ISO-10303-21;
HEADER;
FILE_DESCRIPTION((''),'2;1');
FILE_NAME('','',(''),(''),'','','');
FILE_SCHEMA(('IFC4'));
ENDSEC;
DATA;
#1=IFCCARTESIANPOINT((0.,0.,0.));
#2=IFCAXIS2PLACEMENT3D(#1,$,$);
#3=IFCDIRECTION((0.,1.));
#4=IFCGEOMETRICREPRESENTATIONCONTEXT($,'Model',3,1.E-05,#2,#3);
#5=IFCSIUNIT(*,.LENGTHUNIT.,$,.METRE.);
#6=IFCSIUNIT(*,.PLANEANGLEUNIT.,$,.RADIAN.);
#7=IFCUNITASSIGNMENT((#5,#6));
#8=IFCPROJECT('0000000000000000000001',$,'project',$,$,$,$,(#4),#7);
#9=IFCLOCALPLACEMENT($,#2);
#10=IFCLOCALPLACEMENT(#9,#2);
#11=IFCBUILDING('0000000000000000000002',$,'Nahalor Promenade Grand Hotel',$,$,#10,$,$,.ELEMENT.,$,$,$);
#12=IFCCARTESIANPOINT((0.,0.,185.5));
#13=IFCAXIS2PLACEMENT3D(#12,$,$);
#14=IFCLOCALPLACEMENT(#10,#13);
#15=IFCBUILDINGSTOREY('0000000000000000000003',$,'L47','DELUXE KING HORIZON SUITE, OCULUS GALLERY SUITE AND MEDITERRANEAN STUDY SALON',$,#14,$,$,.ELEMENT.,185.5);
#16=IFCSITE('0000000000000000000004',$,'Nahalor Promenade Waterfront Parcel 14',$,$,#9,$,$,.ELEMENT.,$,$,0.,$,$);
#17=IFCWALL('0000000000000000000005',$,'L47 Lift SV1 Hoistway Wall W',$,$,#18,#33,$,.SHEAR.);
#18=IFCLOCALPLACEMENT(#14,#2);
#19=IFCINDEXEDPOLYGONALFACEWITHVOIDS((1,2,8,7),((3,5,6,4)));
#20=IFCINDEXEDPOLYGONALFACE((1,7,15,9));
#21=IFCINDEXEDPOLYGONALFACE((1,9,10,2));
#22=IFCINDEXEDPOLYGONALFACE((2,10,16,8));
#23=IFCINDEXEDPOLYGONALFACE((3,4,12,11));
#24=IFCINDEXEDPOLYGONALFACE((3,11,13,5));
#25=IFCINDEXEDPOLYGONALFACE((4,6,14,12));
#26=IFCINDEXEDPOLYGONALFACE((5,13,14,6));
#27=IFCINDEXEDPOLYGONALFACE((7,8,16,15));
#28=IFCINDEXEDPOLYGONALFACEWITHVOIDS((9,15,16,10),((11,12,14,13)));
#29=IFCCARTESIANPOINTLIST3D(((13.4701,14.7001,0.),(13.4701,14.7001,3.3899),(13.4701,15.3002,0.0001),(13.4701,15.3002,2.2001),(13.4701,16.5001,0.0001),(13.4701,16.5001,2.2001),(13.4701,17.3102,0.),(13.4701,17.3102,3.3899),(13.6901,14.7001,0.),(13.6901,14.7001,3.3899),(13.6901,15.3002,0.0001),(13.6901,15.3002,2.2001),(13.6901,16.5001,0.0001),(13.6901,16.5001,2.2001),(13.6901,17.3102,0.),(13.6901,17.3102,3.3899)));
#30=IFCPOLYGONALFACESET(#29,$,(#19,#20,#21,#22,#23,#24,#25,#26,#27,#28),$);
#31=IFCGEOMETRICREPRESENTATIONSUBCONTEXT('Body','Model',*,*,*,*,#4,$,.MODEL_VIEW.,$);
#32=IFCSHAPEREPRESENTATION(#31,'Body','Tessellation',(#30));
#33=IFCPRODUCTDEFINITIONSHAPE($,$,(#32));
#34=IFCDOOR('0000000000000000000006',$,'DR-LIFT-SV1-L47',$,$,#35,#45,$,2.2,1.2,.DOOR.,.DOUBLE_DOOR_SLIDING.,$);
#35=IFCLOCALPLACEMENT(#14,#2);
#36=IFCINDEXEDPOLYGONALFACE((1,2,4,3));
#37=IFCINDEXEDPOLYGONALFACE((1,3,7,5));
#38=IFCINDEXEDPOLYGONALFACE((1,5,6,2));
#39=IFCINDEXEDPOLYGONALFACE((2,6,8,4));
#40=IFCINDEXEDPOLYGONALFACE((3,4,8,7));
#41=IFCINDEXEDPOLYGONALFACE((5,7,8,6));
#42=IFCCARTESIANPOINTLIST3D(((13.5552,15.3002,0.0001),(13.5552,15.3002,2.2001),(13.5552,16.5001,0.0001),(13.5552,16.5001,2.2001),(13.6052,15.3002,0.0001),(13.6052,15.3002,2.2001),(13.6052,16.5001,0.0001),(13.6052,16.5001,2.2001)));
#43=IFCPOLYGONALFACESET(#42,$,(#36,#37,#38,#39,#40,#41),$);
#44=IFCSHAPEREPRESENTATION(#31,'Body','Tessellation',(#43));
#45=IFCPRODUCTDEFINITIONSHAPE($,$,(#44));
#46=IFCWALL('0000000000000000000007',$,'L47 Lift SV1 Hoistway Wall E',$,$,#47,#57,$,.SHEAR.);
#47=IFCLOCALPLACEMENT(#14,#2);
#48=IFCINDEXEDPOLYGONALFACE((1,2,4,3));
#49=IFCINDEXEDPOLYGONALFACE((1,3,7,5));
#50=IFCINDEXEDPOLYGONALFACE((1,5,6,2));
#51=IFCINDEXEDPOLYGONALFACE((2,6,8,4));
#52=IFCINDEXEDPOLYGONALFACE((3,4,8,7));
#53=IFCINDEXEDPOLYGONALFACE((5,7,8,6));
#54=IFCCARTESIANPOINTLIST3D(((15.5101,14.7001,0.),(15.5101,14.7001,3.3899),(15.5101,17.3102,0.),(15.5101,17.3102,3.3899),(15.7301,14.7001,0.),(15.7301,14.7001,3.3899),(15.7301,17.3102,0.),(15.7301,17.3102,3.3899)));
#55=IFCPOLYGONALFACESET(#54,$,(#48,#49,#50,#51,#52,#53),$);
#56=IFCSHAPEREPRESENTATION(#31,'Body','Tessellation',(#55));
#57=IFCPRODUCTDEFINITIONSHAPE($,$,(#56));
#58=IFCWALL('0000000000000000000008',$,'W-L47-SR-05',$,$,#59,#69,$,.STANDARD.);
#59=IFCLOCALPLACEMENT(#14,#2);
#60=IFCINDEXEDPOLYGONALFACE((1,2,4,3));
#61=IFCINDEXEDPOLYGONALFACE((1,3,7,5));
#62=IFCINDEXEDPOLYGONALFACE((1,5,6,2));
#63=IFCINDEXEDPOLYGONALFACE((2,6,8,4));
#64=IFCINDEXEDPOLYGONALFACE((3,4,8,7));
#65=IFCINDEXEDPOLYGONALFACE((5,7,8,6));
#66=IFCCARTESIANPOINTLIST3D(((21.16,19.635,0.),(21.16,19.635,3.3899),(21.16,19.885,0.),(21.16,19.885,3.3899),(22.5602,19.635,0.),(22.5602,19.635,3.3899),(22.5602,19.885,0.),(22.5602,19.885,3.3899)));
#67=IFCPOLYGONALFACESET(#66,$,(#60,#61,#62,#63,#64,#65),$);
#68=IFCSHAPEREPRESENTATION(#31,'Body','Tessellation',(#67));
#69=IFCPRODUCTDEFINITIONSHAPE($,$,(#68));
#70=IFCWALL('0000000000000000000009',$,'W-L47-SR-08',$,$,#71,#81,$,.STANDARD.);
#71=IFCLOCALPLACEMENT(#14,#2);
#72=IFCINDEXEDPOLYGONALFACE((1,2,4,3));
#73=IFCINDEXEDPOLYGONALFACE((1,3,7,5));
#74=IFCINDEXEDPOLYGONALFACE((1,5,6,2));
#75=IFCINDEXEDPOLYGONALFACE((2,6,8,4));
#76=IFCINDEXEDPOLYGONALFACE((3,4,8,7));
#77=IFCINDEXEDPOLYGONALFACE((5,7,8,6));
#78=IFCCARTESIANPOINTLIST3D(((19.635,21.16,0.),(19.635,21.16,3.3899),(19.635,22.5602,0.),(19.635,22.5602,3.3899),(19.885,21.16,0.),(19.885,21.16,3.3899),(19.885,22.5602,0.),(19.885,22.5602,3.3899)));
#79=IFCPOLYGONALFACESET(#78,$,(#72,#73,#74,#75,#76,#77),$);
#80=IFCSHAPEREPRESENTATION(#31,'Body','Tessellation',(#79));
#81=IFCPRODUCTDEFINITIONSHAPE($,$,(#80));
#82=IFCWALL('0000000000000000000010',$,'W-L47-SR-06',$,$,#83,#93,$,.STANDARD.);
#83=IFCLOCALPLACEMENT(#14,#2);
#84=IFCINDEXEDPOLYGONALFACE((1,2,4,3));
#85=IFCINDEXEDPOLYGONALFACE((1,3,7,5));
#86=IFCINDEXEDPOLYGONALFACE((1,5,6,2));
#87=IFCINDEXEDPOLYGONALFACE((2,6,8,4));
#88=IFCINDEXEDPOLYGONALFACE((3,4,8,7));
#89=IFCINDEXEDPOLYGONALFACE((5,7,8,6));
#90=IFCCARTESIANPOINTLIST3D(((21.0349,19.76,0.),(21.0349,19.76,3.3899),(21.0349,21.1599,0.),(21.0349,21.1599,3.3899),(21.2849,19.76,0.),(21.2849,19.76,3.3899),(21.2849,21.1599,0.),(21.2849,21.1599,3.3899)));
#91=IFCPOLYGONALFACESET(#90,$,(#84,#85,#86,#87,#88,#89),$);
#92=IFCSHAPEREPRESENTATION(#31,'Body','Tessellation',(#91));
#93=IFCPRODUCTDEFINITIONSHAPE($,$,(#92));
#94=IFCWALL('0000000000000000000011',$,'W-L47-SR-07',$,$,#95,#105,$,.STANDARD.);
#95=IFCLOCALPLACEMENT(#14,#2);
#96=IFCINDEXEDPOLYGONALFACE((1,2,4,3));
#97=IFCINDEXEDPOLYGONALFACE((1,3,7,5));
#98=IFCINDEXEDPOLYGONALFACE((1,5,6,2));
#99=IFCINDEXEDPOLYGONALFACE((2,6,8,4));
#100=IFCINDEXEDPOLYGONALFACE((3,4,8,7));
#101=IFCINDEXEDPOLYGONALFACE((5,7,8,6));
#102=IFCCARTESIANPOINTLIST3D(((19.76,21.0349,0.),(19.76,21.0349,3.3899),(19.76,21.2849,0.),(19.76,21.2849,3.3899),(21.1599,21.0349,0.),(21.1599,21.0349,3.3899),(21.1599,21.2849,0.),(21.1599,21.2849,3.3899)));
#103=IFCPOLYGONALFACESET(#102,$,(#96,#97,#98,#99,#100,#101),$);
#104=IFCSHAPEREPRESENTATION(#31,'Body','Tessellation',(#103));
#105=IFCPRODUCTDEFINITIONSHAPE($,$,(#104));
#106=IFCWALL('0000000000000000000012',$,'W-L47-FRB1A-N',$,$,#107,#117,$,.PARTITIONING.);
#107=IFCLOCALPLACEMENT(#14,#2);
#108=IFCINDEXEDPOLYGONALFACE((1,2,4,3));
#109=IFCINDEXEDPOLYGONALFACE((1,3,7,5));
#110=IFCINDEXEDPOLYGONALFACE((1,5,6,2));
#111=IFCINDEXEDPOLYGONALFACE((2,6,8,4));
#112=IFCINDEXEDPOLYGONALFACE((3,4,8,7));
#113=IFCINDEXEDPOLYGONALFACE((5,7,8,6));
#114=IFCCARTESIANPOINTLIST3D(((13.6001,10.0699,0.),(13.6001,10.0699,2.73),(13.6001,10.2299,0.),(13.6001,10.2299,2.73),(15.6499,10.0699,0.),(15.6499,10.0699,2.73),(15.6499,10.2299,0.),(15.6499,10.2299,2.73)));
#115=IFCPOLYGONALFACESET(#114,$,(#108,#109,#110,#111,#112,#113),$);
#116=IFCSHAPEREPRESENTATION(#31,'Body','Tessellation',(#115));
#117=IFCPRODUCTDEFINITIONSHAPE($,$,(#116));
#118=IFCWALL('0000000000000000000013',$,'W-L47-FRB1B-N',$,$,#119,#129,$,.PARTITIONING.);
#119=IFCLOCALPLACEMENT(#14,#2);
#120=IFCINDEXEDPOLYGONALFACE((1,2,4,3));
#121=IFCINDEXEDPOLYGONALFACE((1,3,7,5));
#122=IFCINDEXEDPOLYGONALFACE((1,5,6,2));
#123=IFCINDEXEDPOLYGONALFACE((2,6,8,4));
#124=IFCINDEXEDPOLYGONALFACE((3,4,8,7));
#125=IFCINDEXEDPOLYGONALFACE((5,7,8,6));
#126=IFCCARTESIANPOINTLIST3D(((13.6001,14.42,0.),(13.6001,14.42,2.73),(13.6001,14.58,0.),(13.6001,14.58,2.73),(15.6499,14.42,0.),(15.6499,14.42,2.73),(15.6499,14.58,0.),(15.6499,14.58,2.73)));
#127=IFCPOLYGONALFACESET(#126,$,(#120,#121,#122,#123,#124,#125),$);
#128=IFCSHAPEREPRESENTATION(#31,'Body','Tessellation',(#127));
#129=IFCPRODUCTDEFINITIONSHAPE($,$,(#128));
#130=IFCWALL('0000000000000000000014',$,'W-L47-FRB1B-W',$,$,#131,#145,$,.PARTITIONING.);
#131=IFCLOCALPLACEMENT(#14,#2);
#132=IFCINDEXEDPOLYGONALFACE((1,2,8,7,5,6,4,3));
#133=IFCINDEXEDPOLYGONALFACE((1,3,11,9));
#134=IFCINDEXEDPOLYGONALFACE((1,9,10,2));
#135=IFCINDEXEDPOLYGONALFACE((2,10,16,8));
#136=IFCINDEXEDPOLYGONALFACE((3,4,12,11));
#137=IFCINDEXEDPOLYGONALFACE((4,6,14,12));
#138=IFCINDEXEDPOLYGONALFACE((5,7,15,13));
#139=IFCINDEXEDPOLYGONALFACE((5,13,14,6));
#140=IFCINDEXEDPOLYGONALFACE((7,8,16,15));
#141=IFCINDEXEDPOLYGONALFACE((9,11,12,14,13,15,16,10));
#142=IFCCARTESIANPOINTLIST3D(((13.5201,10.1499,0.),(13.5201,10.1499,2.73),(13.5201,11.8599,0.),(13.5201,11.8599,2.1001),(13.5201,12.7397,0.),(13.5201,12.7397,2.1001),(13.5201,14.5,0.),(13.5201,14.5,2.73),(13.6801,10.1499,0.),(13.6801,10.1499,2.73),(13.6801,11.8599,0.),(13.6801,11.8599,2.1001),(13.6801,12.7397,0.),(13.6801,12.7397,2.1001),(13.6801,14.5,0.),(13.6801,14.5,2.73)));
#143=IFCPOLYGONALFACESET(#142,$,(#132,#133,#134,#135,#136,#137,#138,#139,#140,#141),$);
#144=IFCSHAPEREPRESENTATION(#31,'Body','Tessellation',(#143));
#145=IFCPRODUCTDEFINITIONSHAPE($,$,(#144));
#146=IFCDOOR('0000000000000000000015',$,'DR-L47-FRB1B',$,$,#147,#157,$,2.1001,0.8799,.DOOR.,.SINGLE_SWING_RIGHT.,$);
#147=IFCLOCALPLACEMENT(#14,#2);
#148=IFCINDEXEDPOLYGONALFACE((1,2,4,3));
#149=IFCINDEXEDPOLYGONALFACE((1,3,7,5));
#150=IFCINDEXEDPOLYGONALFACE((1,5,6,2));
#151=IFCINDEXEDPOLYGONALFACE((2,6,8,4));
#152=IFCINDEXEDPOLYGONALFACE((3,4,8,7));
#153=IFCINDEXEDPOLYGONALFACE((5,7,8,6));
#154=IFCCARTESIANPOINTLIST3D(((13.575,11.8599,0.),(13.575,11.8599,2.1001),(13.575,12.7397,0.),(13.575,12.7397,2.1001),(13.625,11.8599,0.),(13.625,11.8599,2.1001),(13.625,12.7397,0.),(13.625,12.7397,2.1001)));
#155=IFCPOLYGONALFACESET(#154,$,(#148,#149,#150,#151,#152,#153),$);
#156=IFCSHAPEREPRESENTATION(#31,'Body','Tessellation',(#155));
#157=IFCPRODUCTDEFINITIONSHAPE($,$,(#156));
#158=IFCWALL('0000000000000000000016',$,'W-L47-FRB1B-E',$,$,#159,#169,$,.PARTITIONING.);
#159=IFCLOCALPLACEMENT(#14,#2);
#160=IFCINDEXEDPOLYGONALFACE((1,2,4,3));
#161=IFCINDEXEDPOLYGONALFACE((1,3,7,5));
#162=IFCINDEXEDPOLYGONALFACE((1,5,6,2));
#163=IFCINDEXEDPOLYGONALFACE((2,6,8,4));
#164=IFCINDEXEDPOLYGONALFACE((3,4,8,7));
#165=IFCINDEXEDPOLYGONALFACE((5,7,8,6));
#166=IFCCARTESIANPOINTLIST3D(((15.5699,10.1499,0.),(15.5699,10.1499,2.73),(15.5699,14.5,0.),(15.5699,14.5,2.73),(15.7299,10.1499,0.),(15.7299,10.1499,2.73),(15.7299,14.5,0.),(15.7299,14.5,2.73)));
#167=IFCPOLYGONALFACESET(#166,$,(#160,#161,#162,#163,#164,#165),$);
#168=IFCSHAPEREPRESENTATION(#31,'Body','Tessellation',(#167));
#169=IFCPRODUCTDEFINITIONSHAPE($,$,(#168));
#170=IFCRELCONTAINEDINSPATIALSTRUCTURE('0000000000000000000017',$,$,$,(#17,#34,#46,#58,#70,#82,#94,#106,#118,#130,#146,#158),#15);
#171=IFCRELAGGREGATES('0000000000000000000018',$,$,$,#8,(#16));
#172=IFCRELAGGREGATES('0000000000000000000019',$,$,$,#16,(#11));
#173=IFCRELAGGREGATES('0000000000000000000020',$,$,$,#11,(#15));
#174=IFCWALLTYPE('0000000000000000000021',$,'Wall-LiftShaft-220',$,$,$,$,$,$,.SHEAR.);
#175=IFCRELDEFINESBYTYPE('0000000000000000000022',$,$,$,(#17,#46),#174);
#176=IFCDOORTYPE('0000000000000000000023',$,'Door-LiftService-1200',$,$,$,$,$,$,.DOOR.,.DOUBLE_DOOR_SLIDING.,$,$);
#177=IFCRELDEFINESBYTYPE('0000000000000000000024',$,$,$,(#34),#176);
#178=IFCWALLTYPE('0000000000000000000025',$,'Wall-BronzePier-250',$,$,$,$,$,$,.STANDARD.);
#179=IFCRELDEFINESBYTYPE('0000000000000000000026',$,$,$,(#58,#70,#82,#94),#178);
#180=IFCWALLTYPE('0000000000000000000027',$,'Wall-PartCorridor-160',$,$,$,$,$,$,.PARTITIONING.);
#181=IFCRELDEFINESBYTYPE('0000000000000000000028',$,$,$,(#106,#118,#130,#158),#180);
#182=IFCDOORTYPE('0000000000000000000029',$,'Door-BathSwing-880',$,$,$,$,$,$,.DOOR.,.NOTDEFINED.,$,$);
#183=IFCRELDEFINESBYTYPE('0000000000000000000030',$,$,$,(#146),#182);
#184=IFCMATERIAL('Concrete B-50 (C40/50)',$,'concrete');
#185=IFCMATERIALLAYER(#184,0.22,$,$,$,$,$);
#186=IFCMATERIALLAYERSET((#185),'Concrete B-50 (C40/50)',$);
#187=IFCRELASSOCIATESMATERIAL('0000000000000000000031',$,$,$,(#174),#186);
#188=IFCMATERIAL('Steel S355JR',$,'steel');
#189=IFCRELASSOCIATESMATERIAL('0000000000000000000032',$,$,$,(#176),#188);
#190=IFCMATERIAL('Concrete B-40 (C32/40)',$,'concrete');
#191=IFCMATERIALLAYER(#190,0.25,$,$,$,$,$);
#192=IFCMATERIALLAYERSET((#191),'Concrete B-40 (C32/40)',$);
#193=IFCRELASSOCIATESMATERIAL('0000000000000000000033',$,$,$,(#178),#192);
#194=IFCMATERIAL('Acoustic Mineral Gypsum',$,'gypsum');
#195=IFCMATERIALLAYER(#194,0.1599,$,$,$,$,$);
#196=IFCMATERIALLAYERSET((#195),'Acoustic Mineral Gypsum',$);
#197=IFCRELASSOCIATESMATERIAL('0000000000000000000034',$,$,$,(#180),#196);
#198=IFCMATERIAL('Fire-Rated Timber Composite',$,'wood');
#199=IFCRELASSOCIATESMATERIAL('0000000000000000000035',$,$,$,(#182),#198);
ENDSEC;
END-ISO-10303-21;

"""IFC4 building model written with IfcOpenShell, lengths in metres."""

from ifc_helpers import new_model, si_unit, direction, frame, frame_2d, origin, place, context, subcontext, project, spatial, rectangle, extrude, source, transform, mapped, material, layer, layer_set, type_object, element, fill, save


model = new_model("IFC4")

# Units and contexts
model_context = context("Model", 3, precision=1e-05, world=origin(), true_north=direction((0.0, 1.0)))
body_context = subcontext(model_context, "Body", "Model", "MODEL_VIEW")
ifc_project = project(units=[si_unit("LENGTHUNIT", "METRE"), si_unit("PLANEANGLEUNIT", "RADIAN")], contexts=[model_context])

# Site, building, storey
site_placement = place(None, origin())
site = spatial("IfcSite", under=ifc_project, at=site_placement, Name="Nahalor Promenade Waterfront Parcel 14", CompositionType="ELEMENT", RefElevation=0.0)
building_placement = place(site_placement, origin())
building = spatial("IfcBuilding", under=site, at=building_placement, Name="Nahalor Promenade Grand Hotel", CompositionType="ELEMENT")
storey_placement = place(building_placement, frame((0.0, 0.0, 185.5)))
storey = spatial("IfcBuildingStorey", under=building, at=storey_placement, Name="L47", Description="DELUXE KING HORIZON SUITE, OCULUS GALLERY SUITE AND MEDITERRANEAN STUDY SALON", CompositionType="ELEMENT", Elevation=185.5)

# Shared definitions
ifc_material_1 = material(Name="Steel S355JR", Category="steel")

# Shared definitions
ifc_material_2 = material(Name="Concrete B-50 (C40/50)", Category="concrete")
ifc_layer_1 = layer(ifc_material_2, 0.22)
ifc_layer_set_1 = layer_set([ifc_layer_1], Name="Concrete B-50 (C40/50)")
wall_type_1 = type_object("IfcWallType", Name="Wall-LiftShaft-220", PredefinedType="SHEAR", material=ifc_layer_set_1)

# Wall, opening, door
shared_shape_1 = source(origin(), body_context, "Body", "SweptSolid", [
    extrude(rectangle(XDim=2.6101, YDim=0.22, at=frame_2d((1.3052, 0.0))), origin(), (0.0, 0.0, 1.0), 3.3899),
])
wall_1_placement = place(storey_placement, frame((13.5801, 14.7, 0.0), z_axis=(0.0, 0.0, 1.0), x_axis=(0.0, 1.0, 0.0)))
wall_1 = element("IfcWall", 1, at=wall_1_placement, inside=storey, type_object=wall_type_1, Name="L47 Lift SV1 Hoistway Wall W", PredefinedType="SHEAR", context=body_context, shape_type="MappedRepresentation", body=[
    mapped(shared_shape_1, transform((0.0, 0.0, 0.0), scale=1.0)),
])
opening_1_placement = place(wall_1_placement, frame((0.6001, 0.0, 0.0)))
opening_1 = element("IfcOpeningElement", 2, at=opening_1_placement, cuts=wall_1, PredefinedType="OPENING", context=body_context, shape_type="SweptSolid", body=[
    extrude(rectangle(XDim=1.2, YDim=2.2, at=frame_2d((0.6001, 1.1001))), frame((0.0, 0.1199, 0.0), z_axis=(0.0, -1.0, 0.0), x_axis=(1.0, 0.0, 0.0)), (0.0, 0.0, 1.0), 0.24),
])
door_type_1 = type_object("IfcDoorType", Name="Door-LiftService-1200", OperationType="DOUBLE_DOOR_SLIDING", PredefinedType="DOOR", material=ifc_material_1)
shared_shape_2 = source(origin(), body_context, "Body", "SweptSolid", [
    extrude(rectangle(XDim=1.2, YDim=2.2, at=frame_2d((0.6001, 1.1001))), frame((0.0, 0.0249, 0.0), z_axis=(0.0, -1.0, 0.0), x_axis=(1.0, 0.0, 0.0)), (0.0, 0.0, 1.0), 0.05),
])
door_1_placement = place(opening_1_placement, origin())
door_1 = element("IfcDoor", 3, at=door_1_placement, inside=storey, type_object=door_type_1, Name="DR-LIFT-SV1-L47", OperationType="DOUBLE_DOOR_SLIDING", OverallHeight=2.2, OverallWidth=1.2, PredefinedType="DOOR", context=body_context, shape_type="MappedRepresentation", body=[
    mapped(shared_shape_2, transform((0.0, 0.0, 0.0), scale=1.0)),
])
fill(opening_1, door_1)

# Walls
wall_2_placement = place(storey_placement, frame((15.6201, 14.7, 0.0), z_axis=(0.0, 0.0, 1.0), x_axis=(0.0, 1.0, 0.0)))
element("IfcWall", 4, at=wall_2_placement, inside=storey, type_object=wall_type_1, Name="L47 Lift SV1 Hoistway Wall E", PredefinedType="SHEAR", context=body_context, shape_type="MappedRepresentation", body=[
    mapped(shared_shape_1, transform((0.0, 0.0, 0.0), scale=1.0)),
])
ifc_material_3 = material(Name="Concrete B-40 (C32/40)", Category="concrete")
ifc_layer_2 = layer(ifc_material_3, 0.25)
ifc_layer_set_2 = layer_set([ifc_layer_2], Name="Concrete B-40 (C32/40)")
wall_type_2 = type_object("IfcWallType", Name="Wall-BronzePier-250", PredefinedType="STANDARD", material=ifc_layer_set_2)
shared_shape_3 = source(origin(), body_context, "Body", "SweptSolid", [
    extrude(rectangle(XDim=1.4001, YDim=0.25, at=frame_2d((0.7002, 0.0))), origin(), (0.0, 0.0, 1.0), 3.3899),
])
for number, where, z_axis, x_axis, name in (
    (5, (21.1599, 19.76, 0.0), (0.0, 0.0, 1.0), (1.0, 0.0, 0.0), "W-L47-SR-05"),
    (6, (19.76, 21.1599, 0.0), (0.0, 0.0, 1.0), (0.0, 1.0, 0.0), "W-L47-SR-08"),
):
    element("IfcWall", number, at=place(storey_placement, frame(where, z_axis=z_axis, x_axis=x_axis)), inside=storey, type_object=wall_type_2, Name=name, PredefinedType="STANDARD", context=body_context, shape_type="MappedRepresentation", body=[
        mapped(shared_shape_3, transform((0.0, 0.0, 0.0), scale=1.0)),
    ])
shared_shape_4 = source(origin(), body_context, "Body", "SweptSolid", [
    extrude(rectangle(XDim=1.3999, YDim=0.25, at=frame_2d((0.7, 0.0))), origin(), (0.0, 0.0, 1.0), 3.3899),
])
for number, where, z_axis, x_axis, name in (
    (7, (21.1599, 19.76, 0.0), (0.0, 0.0, 1.0), (0.0, 1.0, 0.0), "W-L47-SR-06"),
    (8, (19.76, 21.1599, 0.0), (0.0, 0.0, 1.0), (1.0, 0.0, 0.0), "W-L47-SR-07"),
):
    element("IfcWall", number, at=place(storey_placement, frame(where, z_axis=z_axis, x_axis=x_axis)), inside=storey, type_object=wall_type_2, Name=name, PredefinedType="STANDARD", context=body_context, shape_type="MappedRepresentation", body=[
        mapped(shared_shape_4, transform((0.0, 0.0, 0.0), scale=1.0)),
    ])
ifc_material_4 = material(Name="Acoustic Mineral Gypsum", Category="gypsum")
ifc_layer_3 = layer(ifc_material_4, 0.1599)
ifc_layer_set_3 = layer_set([ifc_layer_3], Name="Acoustic Mineral Gypsum")
wall_type_3 = type_object("IfcWallType", Name="Wall-PartCorridor-160", PredefinedType="PARTITIONING", material=ifc_layer_set_3)
shared_shape_5 = source(origin(), body_context, "Body", "SweptSolid", [
    extrude(rectangle(XDim=2.0498, YDim=0.1599, at=frame_2d((1.0249, 0.0))), origin(), (0.0, 0.0, 1.0), 2.73),
])
for number, where, z_axis, x_axis, name in (
    (9, (13.6001, 10.1499, 0.0), (0.0, 0.0, 1.0), (1.0, 0.0, 0.0), "W-L47-FRB1A-N"),
    (10, (13.6001, 14.5, 0.0), (0.0, 0.0, 1.0), (1.0, 0.0, 0.0), "W-L47-FRB1B-N"),
):
    element("IfcWall", number, at=place(storey_placement, frame(where, z_axis=z_axis, x_axis=x_axis)), inside=storey, type_object=wall_type_3, Name=name, PredefinedType="PARTITIONING", context=body_context, shape_type="MappedRepresentation", body=[
        mapped(shared_shape_5, transform((0.0, 0.0, 0.0), scale=1.0)),
    ])

# Wall, opening, door
shared_shape_6 = source(origin(), body_context, "Body", "SweptSolid", [
    extrude(rectangle(XDim=4.3501, YDim=0.1599, at=frame_2d((2.175, 0.0))), origin(), (0.0, 0.0, 1.0), 2.73),
])
wall_3_placement = place(storey_placement, frame((13.6001, 10.1499, 0.0), z_axis=(0.0, 0.0, 1.0), x_axis=(0.0, 1.0, 0.0)))
wall_3 = element("IfcWall", 11, at=wall_3_placement, inside=storey, type_object=wall_type_3, Name="W-L47-FRB1B-W", PredefinedType="PARTITIONING", context=body_context, shape_type="MappedRepresentation", body=[
    mapped(shared_shape_6, transform((0.0, 0.0, 0.0), scale=1.0)),
])
opening_2_placement = place(wall_3_placement, frame((1.71, 0.0, 0.0)))
opening_2 = element("IfcOpeningElement", 12, at=opening_2_placement, cuts=wall_3, PredefinedType="OPENING", context=body_context, shape_type="SweptSolid", body=[
    extrude(rectangle(XDim=0.8799, YDim=2.1001, at=frame_2d((0.4399, 1.05))), frame((0.0, 0.0898, 0.0), z_axis=(0.0, -1.0, 0.0), x_axis=(1.0, 0.0, 0.0)), (0.0, 0.0, 1.0), 0.1799),
])
ifc_material_5 = material(Name="Fire-Rated Timber Composite", Category="wood")
door_type_2 = type_object("IfcDoorType", Name="Door-BathSwing-880", OperationType="NOTDEFINED", PredefinedType="DOOR", material=ifc_material_5)
shared_shape_7 = source(origin(), body_context, "Body", "SweptSolid", [
    extrude(rectangle(XDim=0.8799, YDim=2.1001, at=frame_2d((0.4399, 1.05))), frame((0.0, 0.0249, 0.0), z_axis=(0.0, -1.0, 0.0), x_axis=(1.0, 0.0, 0.0)), (0.0, 0.0, 1.0), 0.05),
])
door_2_placement = place(opening_2_placement, frame((0.8799, 0.0, 0.0), z_axis=(0.0, 0.0, 1.0), x_axis=(-1.0, 0.0, 0.0)))
door_2 = element("IfcDoor", 13, at=door_2_placement, inside=storey, type_object=door_type_2, Name="DR-L47-FRB1B", OperationType="SINGLE_SWING_RIGHT", OverallHeight=2.1001, OverallWidth=0.8799, PredefinedType="DOOR", context=body_context, shape_type="MappedRepresentation", body=[
    mapped(shared_shape_7, transform((0.0, 0.0, 0.0), scale=1.0)),
])
fill(opening_2, door_2)

# Wall
wall_4_placement = place(storey_placement, frame((15.6499, 10.1499, 0.0), z_axis=(0.0, 0.0, 1.0), x_axis=(0.0, 1.0, 0.0)))
element("IfcWall", 14, at=wall_4_placement, inside=storey, type_object=wall_type_3, Name="W-L47-FRB1B-E", PredefinedType="PARTITIONING", context=body_context, shape_type="MappedRepresentation", body=[
    mapped(shared_shape_6, transform((0.0, 0.0, 0.0), scale=1.0)),
])

save(model, "model.ifc")
